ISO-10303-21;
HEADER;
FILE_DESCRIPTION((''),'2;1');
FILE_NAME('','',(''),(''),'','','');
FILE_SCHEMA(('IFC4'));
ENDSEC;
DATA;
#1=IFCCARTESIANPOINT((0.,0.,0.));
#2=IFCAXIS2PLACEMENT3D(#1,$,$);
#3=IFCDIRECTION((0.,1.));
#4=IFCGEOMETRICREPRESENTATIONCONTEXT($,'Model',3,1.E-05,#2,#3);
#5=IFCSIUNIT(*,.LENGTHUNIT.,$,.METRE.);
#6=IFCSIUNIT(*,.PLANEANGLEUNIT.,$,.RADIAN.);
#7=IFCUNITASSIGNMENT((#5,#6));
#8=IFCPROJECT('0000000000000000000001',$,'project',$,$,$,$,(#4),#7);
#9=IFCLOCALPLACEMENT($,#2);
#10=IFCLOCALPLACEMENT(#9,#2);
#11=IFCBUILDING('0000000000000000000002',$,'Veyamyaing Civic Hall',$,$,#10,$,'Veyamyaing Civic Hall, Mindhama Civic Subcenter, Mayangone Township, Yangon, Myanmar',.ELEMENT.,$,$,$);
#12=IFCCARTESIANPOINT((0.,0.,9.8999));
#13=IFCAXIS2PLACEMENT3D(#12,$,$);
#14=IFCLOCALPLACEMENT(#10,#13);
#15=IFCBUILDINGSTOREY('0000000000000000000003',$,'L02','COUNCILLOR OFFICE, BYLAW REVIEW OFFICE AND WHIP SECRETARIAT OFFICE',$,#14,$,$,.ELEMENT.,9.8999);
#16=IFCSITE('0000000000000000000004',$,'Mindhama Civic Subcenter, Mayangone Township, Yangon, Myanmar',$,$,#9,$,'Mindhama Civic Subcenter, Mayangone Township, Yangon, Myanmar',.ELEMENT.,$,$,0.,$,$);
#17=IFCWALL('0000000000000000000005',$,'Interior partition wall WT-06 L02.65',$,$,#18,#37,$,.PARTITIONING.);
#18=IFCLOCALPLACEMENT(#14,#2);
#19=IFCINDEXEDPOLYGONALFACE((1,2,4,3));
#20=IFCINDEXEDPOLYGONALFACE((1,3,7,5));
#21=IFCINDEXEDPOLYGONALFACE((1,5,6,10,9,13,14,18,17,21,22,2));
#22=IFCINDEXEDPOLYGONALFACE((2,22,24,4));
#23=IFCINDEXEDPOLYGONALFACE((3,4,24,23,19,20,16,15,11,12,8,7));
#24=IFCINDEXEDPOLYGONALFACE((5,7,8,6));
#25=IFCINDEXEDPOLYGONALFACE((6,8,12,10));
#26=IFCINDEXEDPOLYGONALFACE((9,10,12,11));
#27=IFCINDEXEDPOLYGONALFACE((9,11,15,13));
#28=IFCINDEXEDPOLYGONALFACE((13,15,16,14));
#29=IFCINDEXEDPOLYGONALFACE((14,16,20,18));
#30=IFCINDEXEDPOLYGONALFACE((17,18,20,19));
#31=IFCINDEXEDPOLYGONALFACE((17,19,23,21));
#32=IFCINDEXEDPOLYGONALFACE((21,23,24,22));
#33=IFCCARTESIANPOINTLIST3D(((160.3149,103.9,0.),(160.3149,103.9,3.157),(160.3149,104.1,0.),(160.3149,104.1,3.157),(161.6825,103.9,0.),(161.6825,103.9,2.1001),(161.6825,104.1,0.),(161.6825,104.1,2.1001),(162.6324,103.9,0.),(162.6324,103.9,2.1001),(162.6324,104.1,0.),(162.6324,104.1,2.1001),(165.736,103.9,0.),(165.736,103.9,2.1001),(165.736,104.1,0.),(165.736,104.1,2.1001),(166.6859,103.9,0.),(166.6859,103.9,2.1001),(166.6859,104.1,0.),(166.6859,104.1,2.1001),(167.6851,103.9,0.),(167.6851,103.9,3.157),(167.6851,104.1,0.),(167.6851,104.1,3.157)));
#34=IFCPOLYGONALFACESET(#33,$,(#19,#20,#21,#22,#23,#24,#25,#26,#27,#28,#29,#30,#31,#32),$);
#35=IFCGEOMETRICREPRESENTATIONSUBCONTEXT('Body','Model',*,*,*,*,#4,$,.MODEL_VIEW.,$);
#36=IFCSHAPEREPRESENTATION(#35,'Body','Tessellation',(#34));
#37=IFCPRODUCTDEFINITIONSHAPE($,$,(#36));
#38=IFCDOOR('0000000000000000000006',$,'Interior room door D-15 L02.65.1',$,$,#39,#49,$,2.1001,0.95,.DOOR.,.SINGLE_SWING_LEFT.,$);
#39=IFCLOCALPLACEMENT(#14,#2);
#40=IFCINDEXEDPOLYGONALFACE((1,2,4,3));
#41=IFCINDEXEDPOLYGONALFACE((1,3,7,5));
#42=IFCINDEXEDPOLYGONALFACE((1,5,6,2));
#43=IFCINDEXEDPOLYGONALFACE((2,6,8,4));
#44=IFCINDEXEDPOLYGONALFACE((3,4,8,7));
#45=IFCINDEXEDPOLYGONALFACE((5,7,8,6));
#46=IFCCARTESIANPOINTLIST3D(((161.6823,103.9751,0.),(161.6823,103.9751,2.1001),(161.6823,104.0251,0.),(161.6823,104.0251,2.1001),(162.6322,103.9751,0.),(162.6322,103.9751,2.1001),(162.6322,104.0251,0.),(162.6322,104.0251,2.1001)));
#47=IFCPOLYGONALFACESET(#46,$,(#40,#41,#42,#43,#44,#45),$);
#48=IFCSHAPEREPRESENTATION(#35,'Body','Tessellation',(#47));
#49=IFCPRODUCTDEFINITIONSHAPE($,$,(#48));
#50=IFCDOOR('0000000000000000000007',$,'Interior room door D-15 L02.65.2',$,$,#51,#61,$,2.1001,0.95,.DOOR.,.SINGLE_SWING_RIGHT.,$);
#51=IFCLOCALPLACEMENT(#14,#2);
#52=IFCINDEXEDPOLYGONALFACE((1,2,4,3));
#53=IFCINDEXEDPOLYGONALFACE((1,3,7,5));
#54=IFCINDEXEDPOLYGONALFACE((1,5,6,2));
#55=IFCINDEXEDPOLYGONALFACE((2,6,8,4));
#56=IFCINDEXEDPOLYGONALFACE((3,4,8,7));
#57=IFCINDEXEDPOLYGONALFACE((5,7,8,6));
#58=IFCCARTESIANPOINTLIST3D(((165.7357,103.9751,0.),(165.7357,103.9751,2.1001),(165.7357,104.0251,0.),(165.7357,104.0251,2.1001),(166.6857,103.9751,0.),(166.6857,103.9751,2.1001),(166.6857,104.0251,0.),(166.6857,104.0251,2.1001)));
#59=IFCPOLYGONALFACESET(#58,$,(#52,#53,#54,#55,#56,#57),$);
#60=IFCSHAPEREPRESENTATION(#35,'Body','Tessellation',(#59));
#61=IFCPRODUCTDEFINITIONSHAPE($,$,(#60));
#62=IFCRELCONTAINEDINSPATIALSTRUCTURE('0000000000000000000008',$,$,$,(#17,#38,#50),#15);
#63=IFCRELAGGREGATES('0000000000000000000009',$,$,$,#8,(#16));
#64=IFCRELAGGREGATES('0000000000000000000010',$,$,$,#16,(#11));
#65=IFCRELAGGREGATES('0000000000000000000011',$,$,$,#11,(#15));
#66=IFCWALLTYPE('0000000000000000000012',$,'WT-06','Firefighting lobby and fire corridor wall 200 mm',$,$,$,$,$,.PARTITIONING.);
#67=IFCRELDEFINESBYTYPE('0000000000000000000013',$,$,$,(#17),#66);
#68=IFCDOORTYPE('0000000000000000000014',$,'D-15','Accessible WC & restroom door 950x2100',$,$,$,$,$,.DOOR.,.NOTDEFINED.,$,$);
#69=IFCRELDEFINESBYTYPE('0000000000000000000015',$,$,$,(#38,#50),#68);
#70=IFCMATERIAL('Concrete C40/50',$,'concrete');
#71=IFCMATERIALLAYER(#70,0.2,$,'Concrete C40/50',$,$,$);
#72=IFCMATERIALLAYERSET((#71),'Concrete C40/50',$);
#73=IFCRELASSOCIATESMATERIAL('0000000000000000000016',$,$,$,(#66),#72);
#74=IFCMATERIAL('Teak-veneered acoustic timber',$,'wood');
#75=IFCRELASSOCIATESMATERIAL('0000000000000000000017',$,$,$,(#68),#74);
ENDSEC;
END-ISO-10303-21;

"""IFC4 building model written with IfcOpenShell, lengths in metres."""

from ifc_helpers import new_model, si_unit, direction, frame, frame_2d, origin, place, context, subcontext, project, spatial, rectangle, extrude, material, layer, layer_set, type_object, element, fill, save


model = new_model("IFC4")

# Units and contexts
model_context = context("Model", 3, precision=1e-05, world=origin(), true_north=direction((0.0, 1.0)))
body_context = subcontext(model_context, "Body", "Model", "MODEL_VIEW")
ifc_project = project(units=[si_unit("LENGTHUNIT", "METRE"), si_unit("PLANEANGLEUNIT", "RADIAN")], contexts=[model_context])

# Site, building, storey
site_placement = place(None, origin())
site = spatial("IfcSite", under=ifc_project, at=site_placement, Name="Mindhama Civic Subcenter, Mayangone Township, Yangon, Myanmar", LongName="Mindhama Civic Subcenter, Mayangone Township, Yangon, Myanmar", CompositionType="ELEMENT", RefElevation=0.0)
building_placement = place(site_placement, origin())
building = spatial("IfcBuilding", under=site, at=building_placement, Name="Veyamyaing Civic Hall", LongName="Veyamyaing Civic Hall, Mindhama Civic Subcenter, Mayangone Township, Yangon, Myanmar", CompositionType="ELEMENT")
storey_placement = place(building_placement, frame((0.0, 0.0, 9.8999)))
storey = spatial("IfcBuildingStorey", under=building, at=storey_placement, Name="L02", Description="COUNCILLOR OFFICE, BYLAW REVIEW OFFICE AND WHIP SECRETARIAT OFFICE", CompositionType="ELEMENT", Elevation=9.8999)

# Wall, openings, doors
ifc_material_1 = material(Name="Concrete C40/50", Category="concrete")
ifc_layer_1 = layer(ifc_material_1, 0.2, Name="Concrete C40/50")
ifc_layer_set_1 = layer_set([ifc_layer_1], Name="Concrete C40/50")
wall_type = type_object("IfcWallType", Name="WT-06", Description="Firefighting lobby and fire corridor wall 200 mm", PredefinedType="PARTITIONING", material=ifc_layer_set_1)
wall_placement = place(storey_placement, frame((160.3149, 104.0, 0.0), z_axis=(0.0, 0.0, 1.0), x_axis=(1.0, 0.0, 0.0)))
wall = element("IfcWall", 1, at=wall_placement, inside=storey, type_object=wall_type, Name="Interior partition wall WT-06 L02.65", PredefinedType="PARTITIONING", context=body_context, shape_type="SweptSolid", body=[
    extrude(rectangle(XDim=7.3701, YDim=0.2, at=frame_2d((3.6851, 0.0))), origin(), (0.0, 0.0, 1.0), 3.157),
])
opening_1_placement = place(wall_placement, frame((1.3674, 0.0, 0.0)))
opening_1 = element("IfcOpeningElement", 2, at=opening_1_placement, cuts=wall, PredefinedType="OPENING", context=body_context, shape_type="SweptSolid", body=[
    extrude(rectangle(XDim=0.95, YDim=2.1001, at=frame_2d((0.4751, 1.05))), frame((0.0, 0.1099, 0.0), z_axis=(0.0, -1.0, 0.0), x_axis=(1.0, 0.0, 0.0)), (0.0, 0.0, 1.0), 0.22),
])
opening_2_placement = place(wall_placement, frame((5.4209, 0.0, 0.0)))
opening_2 = element("IfcOpeningElement", 3, at=opening_2_placement, cuts=wall, PredefinedType="OPENING", context=body_context, shape_type="SweptSolid", body=[
    extrude(rectangle(XDim=0.95, YDim=2.1001, at=frame_2d((0.4751, 1.05))), frame((0.0, 0.1099, 0.0), z_axis=(0.0, -1.0, 0.0), x_axis=(1.0, 0.0, 0.0)), (0.0, 0.0, 1.0), 0.22),
])
ifc_material_2 = material(Name="Teak-veneered acoustic timber", Category="wood")
door_type = type_object("IfcDoorType", Name="D-15", Description="Accessible WC & restroom door 950x2100", OperationType="NOTDEFINED", PredefinedType="DOOR", material=ifc_material_2)
door_1_placement = place(opening_1_placement, frame((0.95, 0.0, 0.0), z_axis=(0.0, 0.0, 1.0), x_axis=(-1.0, 0.0, 0.0)))
door_1 = element("IfcDoor", 4, at=door_1_placement, inside=storey, type_object=door_type, Name="Interior room door D-15 L02.65.1", OperationType="SINGLE_SWING_LEFT", OverallHeight=2.1001, OverallWidth=0.95, PredefinedType="DOOR", context=body_context, shape_type="SweptSolid", body=[
    extrude(rectangle(XDim=0.95, YDim=2.1001, at=frame_2d((0.4751, 1.05))), frame((0.0, 0.0249, 0.0), z_axis=(0.0, -1.0, 0.0), x_axis=(1.0, 0.0, 0.0)), (0.0, 0.0, 1.0), 0.05),
])
fill(opening_1, door_1)
door_2_placement = place(opening_2_placement, frame((0.95, 0.0, 0.0), z_axis=(0.0, 0.0, 1.0), x_axis=(-1.0, 0.0, 0.0)))
door_2 = element("IfcDoor", 5, at=door_2_placement, inside=storey, type_object=door_type, Name="Interior room door D-15 L02.65.2", OperationType="SINGLE_SWING_RIGHT", OverallHeight=2.1001, OverallWidth=0.95, PredefinedType="DOOR", context=body_context, shape_type="SweptSolid", body=[
    extrude(rectangle(XDim=0.95, YDim=2.1001, at=frame_2d((0.4751, 1.05))), frame((0.0, 0.0249, 0.0), z_axis=(0.0, -1.0, 0.0), x_axis=(1.0, 0.0, 0.0)), (0.0, 0.0, 1.0), 0.05),
])
fill(opening_2, door_2)

save(model, "model.ifc")
